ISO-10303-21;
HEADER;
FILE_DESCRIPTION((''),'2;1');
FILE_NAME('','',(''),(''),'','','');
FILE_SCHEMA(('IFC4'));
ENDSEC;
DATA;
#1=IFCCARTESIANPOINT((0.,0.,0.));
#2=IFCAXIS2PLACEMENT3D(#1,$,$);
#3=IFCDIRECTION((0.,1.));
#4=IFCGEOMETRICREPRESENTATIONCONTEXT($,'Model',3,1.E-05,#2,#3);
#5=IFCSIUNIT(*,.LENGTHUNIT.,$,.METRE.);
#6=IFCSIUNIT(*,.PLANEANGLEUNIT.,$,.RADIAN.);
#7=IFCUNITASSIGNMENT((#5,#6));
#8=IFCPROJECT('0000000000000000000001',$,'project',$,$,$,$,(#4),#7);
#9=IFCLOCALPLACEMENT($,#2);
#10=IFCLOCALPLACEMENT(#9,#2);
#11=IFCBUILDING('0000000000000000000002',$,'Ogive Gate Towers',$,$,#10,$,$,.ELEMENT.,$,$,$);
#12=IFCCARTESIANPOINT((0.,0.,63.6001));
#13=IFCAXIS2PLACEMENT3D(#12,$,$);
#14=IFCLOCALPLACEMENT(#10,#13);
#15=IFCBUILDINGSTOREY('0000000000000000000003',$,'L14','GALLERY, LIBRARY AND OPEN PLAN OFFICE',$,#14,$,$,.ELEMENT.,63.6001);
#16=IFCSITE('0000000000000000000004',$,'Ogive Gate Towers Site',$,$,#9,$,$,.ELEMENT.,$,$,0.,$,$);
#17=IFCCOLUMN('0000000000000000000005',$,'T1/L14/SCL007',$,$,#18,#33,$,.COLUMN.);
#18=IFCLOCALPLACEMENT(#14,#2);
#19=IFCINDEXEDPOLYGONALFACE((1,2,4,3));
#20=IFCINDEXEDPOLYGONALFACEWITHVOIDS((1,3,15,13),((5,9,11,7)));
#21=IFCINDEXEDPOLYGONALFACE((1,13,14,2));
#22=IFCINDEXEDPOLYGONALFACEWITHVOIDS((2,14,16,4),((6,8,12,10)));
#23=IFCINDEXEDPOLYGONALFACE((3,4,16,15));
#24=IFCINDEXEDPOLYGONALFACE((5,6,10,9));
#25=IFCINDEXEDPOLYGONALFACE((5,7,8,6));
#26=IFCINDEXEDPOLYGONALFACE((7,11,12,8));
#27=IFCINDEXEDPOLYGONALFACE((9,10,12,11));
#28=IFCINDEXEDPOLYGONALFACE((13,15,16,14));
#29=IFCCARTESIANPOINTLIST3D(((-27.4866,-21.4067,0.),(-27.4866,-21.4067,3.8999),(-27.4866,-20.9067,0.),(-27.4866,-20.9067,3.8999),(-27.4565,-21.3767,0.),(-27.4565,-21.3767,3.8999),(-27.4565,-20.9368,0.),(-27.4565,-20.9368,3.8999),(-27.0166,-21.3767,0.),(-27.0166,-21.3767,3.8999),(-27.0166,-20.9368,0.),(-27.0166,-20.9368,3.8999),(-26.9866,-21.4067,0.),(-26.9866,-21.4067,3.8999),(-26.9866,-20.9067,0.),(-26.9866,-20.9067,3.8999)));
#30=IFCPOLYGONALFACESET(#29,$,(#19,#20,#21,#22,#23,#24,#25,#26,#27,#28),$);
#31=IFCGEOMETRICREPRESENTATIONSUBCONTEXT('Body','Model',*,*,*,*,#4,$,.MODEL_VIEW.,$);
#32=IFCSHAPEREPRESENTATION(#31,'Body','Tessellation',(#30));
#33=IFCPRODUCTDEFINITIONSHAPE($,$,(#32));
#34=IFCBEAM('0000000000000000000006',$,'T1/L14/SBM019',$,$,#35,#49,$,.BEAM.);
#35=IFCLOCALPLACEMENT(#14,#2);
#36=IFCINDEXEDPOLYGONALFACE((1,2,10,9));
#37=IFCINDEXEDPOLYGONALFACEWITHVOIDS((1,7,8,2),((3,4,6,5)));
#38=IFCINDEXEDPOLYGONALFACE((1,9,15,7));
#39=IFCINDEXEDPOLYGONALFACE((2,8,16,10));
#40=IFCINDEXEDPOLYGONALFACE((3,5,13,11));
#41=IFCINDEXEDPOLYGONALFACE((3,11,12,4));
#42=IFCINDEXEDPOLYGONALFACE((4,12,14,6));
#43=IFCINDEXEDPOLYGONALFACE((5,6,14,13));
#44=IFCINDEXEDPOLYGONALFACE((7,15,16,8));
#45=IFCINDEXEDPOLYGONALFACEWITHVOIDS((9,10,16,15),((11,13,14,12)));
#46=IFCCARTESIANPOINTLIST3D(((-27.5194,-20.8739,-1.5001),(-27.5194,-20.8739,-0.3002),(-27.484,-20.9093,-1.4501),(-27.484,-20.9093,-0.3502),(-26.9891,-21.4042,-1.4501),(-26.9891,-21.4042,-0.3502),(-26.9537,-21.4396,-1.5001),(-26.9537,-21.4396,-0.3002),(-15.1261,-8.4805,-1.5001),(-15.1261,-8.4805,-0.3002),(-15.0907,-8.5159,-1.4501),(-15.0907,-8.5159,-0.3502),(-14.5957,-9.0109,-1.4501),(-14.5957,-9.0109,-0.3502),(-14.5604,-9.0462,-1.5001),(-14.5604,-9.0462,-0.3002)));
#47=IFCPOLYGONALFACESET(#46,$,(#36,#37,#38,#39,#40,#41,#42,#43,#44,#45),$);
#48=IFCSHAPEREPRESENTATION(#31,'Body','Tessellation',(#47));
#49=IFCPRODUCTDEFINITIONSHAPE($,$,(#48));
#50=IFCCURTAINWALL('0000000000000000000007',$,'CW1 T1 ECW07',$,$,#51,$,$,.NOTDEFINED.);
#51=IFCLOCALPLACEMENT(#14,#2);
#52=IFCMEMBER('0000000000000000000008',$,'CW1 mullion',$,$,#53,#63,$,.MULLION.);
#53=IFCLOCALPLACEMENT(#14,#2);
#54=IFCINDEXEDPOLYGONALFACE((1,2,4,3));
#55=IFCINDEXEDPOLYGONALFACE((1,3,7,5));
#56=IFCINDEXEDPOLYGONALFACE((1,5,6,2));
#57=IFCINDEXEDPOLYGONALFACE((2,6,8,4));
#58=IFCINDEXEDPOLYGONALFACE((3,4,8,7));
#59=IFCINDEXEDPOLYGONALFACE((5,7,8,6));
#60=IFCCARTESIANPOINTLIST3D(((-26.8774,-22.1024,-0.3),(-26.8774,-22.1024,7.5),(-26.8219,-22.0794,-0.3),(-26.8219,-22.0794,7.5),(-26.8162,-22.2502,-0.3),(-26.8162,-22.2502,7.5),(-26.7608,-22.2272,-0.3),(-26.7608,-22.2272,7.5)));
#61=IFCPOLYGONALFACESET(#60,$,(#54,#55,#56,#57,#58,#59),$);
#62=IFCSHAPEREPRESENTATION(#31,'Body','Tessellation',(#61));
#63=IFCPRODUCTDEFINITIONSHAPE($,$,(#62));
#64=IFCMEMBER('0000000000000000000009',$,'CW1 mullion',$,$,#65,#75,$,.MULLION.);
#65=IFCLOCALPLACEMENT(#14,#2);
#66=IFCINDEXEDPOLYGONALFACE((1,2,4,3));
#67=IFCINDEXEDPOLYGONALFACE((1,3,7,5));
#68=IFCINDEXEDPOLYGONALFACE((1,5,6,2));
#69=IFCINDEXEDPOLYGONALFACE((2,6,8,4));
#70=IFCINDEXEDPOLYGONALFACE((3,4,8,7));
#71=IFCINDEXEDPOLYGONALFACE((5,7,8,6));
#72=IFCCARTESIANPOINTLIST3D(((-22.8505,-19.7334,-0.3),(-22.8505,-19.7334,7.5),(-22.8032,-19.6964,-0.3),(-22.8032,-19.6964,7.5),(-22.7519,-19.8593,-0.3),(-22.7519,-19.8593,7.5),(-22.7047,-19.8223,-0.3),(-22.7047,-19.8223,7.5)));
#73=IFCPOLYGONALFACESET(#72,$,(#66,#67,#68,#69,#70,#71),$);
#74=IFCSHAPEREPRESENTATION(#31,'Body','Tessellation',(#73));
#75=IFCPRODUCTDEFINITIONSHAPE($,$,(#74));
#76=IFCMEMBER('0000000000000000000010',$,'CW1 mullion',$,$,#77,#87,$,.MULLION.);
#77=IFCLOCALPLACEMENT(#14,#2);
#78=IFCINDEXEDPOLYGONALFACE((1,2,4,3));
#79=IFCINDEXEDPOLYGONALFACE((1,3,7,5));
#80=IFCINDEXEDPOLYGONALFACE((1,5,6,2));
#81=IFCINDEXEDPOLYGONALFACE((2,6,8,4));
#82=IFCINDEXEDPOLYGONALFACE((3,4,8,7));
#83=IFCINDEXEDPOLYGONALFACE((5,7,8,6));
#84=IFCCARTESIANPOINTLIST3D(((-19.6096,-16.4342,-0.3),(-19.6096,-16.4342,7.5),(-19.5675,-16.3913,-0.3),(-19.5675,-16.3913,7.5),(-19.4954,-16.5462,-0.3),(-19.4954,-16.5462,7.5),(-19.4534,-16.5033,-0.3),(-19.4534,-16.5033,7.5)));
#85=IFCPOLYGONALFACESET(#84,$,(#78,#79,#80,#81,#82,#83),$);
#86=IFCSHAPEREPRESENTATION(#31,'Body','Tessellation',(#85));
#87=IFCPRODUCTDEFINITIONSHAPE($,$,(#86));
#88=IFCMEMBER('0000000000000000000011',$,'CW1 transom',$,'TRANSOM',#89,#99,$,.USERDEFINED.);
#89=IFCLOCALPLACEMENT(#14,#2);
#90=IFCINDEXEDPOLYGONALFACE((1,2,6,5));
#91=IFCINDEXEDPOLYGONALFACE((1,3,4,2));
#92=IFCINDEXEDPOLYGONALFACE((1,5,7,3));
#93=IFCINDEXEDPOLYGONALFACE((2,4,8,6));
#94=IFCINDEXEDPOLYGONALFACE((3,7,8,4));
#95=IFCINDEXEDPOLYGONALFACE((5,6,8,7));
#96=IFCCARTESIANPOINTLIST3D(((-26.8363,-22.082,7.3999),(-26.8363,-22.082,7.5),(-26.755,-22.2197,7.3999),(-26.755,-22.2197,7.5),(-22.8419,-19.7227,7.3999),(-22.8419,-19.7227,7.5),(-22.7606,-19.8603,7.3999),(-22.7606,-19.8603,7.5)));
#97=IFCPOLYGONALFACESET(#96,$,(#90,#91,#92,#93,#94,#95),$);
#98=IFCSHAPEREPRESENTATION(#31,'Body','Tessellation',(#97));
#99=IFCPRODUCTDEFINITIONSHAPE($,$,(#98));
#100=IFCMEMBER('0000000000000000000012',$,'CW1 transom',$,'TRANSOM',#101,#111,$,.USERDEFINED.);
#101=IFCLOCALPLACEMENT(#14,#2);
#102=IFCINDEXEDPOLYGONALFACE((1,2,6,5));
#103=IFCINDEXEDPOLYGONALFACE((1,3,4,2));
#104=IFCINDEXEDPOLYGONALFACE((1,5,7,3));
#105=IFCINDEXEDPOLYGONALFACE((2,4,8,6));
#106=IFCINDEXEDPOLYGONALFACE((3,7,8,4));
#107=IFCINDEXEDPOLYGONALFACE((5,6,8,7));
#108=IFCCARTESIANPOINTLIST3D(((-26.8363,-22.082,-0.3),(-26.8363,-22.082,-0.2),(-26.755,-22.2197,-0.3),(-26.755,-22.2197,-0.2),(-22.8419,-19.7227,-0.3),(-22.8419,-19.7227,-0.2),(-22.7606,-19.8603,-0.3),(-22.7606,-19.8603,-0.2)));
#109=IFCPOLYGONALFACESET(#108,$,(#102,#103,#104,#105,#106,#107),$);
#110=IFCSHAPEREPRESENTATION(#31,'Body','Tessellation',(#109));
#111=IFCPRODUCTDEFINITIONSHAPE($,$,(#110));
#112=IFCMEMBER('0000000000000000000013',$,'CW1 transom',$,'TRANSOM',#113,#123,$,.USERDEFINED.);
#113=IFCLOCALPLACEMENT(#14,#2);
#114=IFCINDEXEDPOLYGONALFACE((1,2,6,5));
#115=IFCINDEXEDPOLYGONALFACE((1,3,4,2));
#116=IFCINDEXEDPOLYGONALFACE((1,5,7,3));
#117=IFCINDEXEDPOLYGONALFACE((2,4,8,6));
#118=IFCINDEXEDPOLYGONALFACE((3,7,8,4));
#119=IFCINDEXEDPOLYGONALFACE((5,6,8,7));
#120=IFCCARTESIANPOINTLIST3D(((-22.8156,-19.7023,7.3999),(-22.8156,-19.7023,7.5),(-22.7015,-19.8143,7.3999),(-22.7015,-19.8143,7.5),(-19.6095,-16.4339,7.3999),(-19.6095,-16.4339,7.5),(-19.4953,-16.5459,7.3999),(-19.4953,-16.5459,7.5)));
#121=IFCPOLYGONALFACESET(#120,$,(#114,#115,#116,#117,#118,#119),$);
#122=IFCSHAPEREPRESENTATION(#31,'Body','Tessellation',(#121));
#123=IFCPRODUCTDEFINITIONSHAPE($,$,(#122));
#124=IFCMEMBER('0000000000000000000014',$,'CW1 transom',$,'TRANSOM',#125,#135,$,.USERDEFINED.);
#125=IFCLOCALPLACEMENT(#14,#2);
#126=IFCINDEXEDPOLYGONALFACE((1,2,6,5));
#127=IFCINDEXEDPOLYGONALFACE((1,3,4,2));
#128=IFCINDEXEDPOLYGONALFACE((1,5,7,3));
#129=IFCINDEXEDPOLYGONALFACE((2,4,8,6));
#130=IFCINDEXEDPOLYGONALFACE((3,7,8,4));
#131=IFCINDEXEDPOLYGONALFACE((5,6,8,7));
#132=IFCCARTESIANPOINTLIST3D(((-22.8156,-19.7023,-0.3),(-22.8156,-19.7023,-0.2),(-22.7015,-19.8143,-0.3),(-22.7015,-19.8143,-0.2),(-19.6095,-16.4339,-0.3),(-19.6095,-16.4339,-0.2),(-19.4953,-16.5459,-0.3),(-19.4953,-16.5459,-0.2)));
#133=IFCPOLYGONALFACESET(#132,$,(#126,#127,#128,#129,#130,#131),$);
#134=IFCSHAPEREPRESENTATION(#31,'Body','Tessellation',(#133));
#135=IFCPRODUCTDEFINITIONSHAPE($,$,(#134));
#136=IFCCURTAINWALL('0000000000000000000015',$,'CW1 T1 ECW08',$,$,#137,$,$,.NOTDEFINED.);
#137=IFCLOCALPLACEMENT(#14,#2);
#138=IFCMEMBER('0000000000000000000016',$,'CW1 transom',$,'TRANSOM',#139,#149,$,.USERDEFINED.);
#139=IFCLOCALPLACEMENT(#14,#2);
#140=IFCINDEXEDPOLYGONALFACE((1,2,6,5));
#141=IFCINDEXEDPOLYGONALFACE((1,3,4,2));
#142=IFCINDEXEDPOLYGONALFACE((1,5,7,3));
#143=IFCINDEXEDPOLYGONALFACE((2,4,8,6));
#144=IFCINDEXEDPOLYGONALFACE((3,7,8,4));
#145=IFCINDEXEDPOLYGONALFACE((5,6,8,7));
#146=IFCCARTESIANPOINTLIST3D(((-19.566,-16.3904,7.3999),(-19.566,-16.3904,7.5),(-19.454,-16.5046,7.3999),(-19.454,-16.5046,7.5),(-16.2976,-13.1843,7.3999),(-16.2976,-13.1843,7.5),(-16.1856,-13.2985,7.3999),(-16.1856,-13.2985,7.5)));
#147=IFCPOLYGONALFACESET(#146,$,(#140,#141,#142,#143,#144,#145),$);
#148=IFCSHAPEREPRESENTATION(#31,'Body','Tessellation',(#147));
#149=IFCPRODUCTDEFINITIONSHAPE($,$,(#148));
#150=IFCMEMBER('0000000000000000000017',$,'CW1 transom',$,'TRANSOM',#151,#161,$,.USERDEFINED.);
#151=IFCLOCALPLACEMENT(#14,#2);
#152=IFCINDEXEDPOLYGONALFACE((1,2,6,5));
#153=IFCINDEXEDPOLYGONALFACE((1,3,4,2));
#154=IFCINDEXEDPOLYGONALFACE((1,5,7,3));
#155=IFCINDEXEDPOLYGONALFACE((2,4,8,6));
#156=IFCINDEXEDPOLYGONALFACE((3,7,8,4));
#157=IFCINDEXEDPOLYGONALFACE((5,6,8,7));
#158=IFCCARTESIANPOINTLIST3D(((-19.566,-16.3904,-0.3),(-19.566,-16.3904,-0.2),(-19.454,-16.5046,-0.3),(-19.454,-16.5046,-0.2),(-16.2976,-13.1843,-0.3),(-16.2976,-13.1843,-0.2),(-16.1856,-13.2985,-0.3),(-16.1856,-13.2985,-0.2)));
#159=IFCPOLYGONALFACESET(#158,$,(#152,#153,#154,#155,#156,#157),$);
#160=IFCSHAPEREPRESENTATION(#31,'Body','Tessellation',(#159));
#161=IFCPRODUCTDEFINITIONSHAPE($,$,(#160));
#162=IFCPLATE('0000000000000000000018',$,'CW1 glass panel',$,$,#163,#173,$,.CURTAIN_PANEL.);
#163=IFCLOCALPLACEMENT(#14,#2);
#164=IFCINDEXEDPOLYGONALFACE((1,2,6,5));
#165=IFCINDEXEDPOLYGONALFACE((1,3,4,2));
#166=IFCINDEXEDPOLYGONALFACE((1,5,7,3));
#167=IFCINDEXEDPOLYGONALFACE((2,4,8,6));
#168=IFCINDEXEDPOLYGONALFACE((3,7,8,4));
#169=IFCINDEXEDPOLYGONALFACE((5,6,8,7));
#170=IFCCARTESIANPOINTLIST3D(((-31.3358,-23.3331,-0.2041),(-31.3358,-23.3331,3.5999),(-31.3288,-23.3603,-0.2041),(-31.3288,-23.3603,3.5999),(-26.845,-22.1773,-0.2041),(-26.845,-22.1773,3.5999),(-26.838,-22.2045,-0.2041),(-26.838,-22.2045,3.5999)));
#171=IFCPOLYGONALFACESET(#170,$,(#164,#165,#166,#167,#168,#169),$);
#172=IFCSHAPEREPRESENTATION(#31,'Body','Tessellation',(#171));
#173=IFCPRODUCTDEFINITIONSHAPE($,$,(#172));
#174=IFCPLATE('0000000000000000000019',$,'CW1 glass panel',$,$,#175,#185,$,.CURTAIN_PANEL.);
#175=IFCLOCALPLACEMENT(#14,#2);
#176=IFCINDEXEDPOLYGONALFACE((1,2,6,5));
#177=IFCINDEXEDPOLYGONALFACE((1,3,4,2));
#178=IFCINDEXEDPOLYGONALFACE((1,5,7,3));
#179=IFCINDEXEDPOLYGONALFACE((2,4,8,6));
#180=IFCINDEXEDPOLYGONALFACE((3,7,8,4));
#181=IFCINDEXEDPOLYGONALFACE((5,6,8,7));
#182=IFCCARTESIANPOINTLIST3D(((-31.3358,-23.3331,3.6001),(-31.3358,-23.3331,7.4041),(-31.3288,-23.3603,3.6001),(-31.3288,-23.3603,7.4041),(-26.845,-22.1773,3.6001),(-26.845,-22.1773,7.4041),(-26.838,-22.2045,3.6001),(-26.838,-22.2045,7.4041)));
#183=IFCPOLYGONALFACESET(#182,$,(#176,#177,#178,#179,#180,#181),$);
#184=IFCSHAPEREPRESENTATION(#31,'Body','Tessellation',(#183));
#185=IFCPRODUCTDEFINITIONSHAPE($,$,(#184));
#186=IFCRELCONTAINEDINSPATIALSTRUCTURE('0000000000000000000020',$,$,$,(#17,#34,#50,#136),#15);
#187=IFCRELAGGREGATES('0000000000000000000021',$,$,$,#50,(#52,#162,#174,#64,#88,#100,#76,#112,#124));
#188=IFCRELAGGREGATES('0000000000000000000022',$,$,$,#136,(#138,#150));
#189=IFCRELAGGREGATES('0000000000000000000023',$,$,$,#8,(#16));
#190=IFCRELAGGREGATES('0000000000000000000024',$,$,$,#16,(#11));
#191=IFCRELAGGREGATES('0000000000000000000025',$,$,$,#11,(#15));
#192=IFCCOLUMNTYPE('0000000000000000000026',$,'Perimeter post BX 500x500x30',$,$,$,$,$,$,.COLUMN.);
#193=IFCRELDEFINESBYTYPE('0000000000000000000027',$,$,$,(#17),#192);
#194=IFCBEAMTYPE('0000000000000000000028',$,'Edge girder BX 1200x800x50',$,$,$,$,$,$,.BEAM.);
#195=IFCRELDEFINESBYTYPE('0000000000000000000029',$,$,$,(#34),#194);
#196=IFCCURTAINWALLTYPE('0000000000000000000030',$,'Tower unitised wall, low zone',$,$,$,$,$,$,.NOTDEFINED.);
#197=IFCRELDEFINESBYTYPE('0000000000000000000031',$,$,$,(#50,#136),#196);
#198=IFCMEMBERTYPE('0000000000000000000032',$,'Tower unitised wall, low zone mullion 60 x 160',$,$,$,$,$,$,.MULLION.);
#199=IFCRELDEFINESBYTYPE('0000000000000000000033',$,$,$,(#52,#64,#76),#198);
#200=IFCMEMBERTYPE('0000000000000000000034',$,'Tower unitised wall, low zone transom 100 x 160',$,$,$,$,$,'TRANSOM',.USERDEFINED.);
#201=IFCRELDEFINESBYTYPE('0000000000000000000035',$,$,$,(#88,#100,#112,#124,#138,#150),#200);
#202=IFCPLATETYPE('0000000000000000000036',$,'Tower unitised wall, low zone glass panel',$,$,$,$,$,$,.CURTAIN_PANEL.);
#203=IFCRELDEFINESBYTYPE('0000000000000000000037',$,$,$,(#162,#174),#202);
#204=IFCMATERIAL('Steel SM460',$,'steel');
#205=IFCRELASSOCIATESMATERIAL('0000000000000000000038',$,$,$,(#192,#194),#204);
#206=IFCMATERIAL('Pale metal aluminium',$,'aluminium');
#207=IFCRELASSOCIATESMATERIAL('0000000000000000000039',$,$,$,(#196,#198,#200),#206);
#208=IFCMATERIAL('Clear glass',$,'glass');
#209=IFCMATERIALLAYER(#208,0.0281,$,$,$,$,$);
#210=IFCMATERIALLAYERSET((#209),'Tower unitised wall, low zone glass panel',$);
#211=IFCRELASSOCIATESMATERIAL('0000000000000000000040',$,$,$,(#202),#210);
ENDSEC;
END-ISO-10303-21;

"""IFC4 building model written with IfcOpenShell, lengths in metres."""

from ifc_helpers import new_model, si_unit, direction, frame, origin, origin_2d, place, context, subcontext, project, spatial, rectangle, hollow_rectangle, extrude, material, layer, layer_set, material_profile, profile_set, type_object, element, aggregate, save


model = new_model("IFC4")

# Units and contexts
model_context = context("Model", 3, precision=1e-05, world=origin(), true_north=direction((0.0, 1.0)))
body_context = subcontext(model_context, "Body", "Model", "MODEL_VIEW")
ifc_project = project(units=[si_unit("LENGTHUNIT", "METRE"), si_unit("PLANEANGLEUNIT", "RADIAN")], contexts=[model_context])

# Site, building, storey
site_placement = place(None, origin())
site = spatial("IfcSite", under=ifc_project, at=site_placement, Name="Ogive Gate Towers Site", CompositionType="ELEMENT", RefElevation=0.0)
building_placement = place(site_placement, origin())
building = spatial("IfcBuilding", under=site, at=building_placement, Name="Ogive Gate Towers", CompositionType="ELEMENT")
storey_placement = place(building_placement, frame((0.0, 0.0, 63.6001)))
storey = spatial("IfcBuildingStorey", under=building, at=storey_placement, Name="L14", Description="GALLERY, LIBRARY AND OPEN PLAN OFFICE", CompositionType="ELEMENT", Elevation=63.6001)

# Column
ifc_material_1 = material(Name="Steel SM460", Category="steel")
ifc_material_profile_1 = material_profile(ifc_material_1, hollow_rectangle(XDim=0.5, YDim=0.5, WallThickness=0.03, at=origin_2d()), Name="BX 500x500x30")
ifc_profile_set_1 = profile_set([ifc_material_profile_1], Name="Steel SM460")
column_type = type_object("IfcColumnType", Name="Perimeter post BX 500x500x30", PredefinedType="COLUMN", material=ifc_profile_set_1)
column_placement = place(storey_placement, frame((-27.2366, -21.1567, 0.0), z_axis=(0.0, 0.0, 1.0), x_axis=(1.0, 0.0, 0.0)))
element("IfcColumn", 1, at=column_placement, inside=storey, type_object=column_type, Name="T1/L14/SCL007", PredefinedType="COLUMN", context=body_context, shape_type="SweptSolid", body=[
    extrude(hollow_rectangle(XDim=0.5, YDim=0.5, WallThickness=0.03, at=origin_2d()), origin(), (0.0, 0.0, 1.0), 3.8999),
])

# Beam
ifc_material_profile_2 = material_profile(ifc_material_1, hollow_rectangle(XDim=0.8, YDim=1.2, WallThickness=0.05, at=origin_2d()), Name="BX 1200x800x50")
ifc_profile_set_2 = profile_set([ifc_material_profile_2], Name="Steel SM460")
beam_type = type_object("IfcBeamType", Name="Edge girder BX 1200x800x50", PredefinedType="BEAM", material=ifc_profile_set_2)
beam_placement = place(storey_placement, frame((-27.2366, -21.1567, -0.9001), z_axis=(0.707107, 0.707107, 0.0), x_axis=(-0.707107, 0.707107, 0.0)))
element("IfcBeam", 2, at=beam_placement, inside=storey, type_object=beam_type, Name="T1/L14/SBM019", PredefinedType="BEAM", context=body_context, shape_type="SweptSolid", body=[
    extrude(hollow_rectangle(XDim=0.8, YDim=1.2, WallThickness=0.05, at=origin_2d()), origin(), (0.0, 0.0, 1.0), 17.5269),
])

# Curtain walls, members
ifc_material_2 = material(Name="Pale metal aluminium", Category="aluminium")
curtain_wall_type = type_object("IfcCurtainWallType", Name="Tower unitised wall, low zone", PredefinedType="NOTDEFINED", material=ifc_material_2)
curtain_wall_1_placement = place(storey_placement, origin())
curtain_wall_1 = element("IfcCurtainWall", 3, at=curtain_wall_1_placement, inside=storey, type_object=curtain_wall_type, Name="CW1 T1 ECW07", PredefinedType="NOTDEFINED")
ifc_material_profile_3 = material_profile(ifc_material_2, rectangle(XDim=0.1599, YDim=0.0601, at=origin_2d()), Name="60 x 160 aluminium box")
ifc_profile_set_3 = profile_set([ifc_material_profile_3], Name="Pale metal aluminium")
member_type_1 = type_object("IfcMemberType", Name="Tower unitised wall, low zone mullion 60 x 160", PredefinedType="MULLION", material=ifc_profile_set_3)
member_1_placement = place(storey_placement, frame((-26.8191, -22.1648, -0.3), z_axis=(0.0, 0.0, 1.0), x_axis=(0.382683, -0.92388, 0.0)))
member_1 = element("IfcMember", 4, at=member_1_placement, type_object=member_type_1, Name="CW1 mullion", PredefinedType="MULLION", context=body_context, shape_type="SweptSolid", body=[
    extrude(rectangle(XDim=0.1599, YDim=0.0601, at=origin_2d()), origin(), (0.0, 0.0, 1.0), 7.8),
])
member_2_placement = place(storey_placement, frame((-22.7776, -19.7778, -0.3), z_axis=(0.0, 0.0, 1.0), x_axis=(0.616459, -0.787387, 0.0)))
member_2 = element("IfcMember", 5, at=member_2_placement, type_object=member_type_1, Name="CW1 mullion", PredefinedType="MULLION", context=body_context, shape_type="SweptSolid", body=[
    extrude(rectangle(XDim=0.1599, YDim=0.0601, at=origin_2d()), origin(), (0.0, 0.0, 1.0), 7.8),
])
member_3_placement = place(storey_placement, frame((-19.5315, -16.4688, -0.3), z_axis=(0.0, 0.0, 1.0), x_axis=(0.71385, -0.700299, 0.0)))
member_3 = element("IfcMember", 6, at=member_3_placement, type_object=member_type_1, Name="CW1 mullion", PredefinedType="MULLION", context=body_context, shape_type="SweptSolid", body=[
    extrude(rectangle(XDim=0.1599, YDim=0.0601, at=origin_2d()), origin(), (0.0, 0.0, 1.0), 7.8),
])
ifc_material_profile_4 = material_profile(ifc_material_2, rectangle(XDim=0.1599, YDim=0.1001, at=origin_2d()), Name="100 x 160 aluminium box")
ifc_profile_set_4 = profile_set([ifc_material_profile_4], Name="Pale metal aluminium")
member_type_2 = type_object("IfcMemberType", Name="Tower unitised wall, low zone transom 100 x 160", ElementType="TRANSOM", PredefinedType="USERDEFINED", material=ifc_profile_set_4)
member_4_placement = place(storey_placement, frame((-26.7957, -22.1509, 7.45), z_axis=(0.861016, 0.508579, 0.0), x_axis=(-0.508579, 0.861016, 0.0)))
member_4 = element("IfcMember", 7, at=member_4_placement, type_object=member_type_2, Name="CW1 transom", ObjectType="TRANSOM", PredefinedType="USERDEFINED", context=body_context, shape_type="SweptSolid", body=[
    extrude(rectangle(XDim=0.1599, YDim=0.1001, at=origin_2d()), origin(), (0.0, 0.0, 1.0), 4.6392),
])
member_5_placement = place(storey_placement, frame((-26.7957, -22.1509, -0.25), z_axis=(0.861016, 0.508579, 0.0), x_axis=(-0.508579, 0.861016, 0.0)))
member_5 = element("IfcMember", 8, at=member_5_placement, type_object=member_type_2, Name="CW1 transom", ObjectType="TRANSOM", PredefinedType="USERDEFINED", context=body_context, shape_type="SweptSolid", body=[
    extrude(rectangle(XDim=0.1599, YDim=0.1001, at=origin_2d()), origin(), (0.0, 0.0, 1.0), 4.6392),
])
member_6_placement = place(storey_placement, frame((-22.7585, -19.7583, 7.45), z_axis=(0.700275, 0.713873, 0.0), x_axis=(-0.713873, 0.700275, 0.0)))
member_6 = element("IfcMember", 9, at=member_6_placement, type_object=member_type_2, Name="CW1 transom", ObjectType="TRANSOM", PredefinedType="USERDEFINED", context=body_context, shape_type="SweptSolid", body=[
    extrude(rectangle(XDim=0.1599, YDim=0.1001, at=origin_2d()), origin(), (0.0, 0.0, 1.0), 4.5784),
])
member_7_placement = place(storey_placement, frame((-22.7585, -19.7583, -0.25), z_axis=(0.700275, 0.713873, 0.0), x_axis=(-0.713873, 0.700275, 0.0)))
member_7 = element("IfcMember", 10, at=member_7_placement, type_object=member_type_2, Name="CW1 transom", ObjectType="TRANSOM", PredefinedType="USERDEFINED", context=body_context, shape_type="SweptSolid", body=[
    extrude(rectangle(XDim=0.1599, YDim=0.1001, at=origin_2d()), origin(), (0.0, 0.0, 1.0), 4.5784),
])
curtain_wall_2_placement = place(storey_placement, origin())
curtain_wall_2 = element("IfcCurtainWall", 11, at=curtain_wall_2_placement, inside=storey, type_object=curtain_wall_type, Name="CW1 T1 ECW08", PredefinedType="NOTDEFINED")
member_8_placement = place(storey_placement, frame((-19.51, -16.4475, 7.45), z_axis=(0.713873, 0.700275, 0.0), x_axis=(-0.700275, 0.713873, 0.0)))
member_8 = element("IfcMember", 12, at=member_8_placement, type_object=member_type_2, Name="CW1 transom", ObjectType="TRANSOM", PredefinedType="USERDEFINED", context=body_context, shape_type="SweptSolid", body=[
    extrude(rectangle(XDim=0.1599, YDim=0.1001, at=origin_2d()), origin(), (0.0, 0.0, 1.0), 4.5784),
])
member_9_placement = place(storey_placement, frame((-19.51, -16.4475, -0.25), z_axis=(0.713873, 0.700275, 0.0), x_axis=(-0.700275, 0.713873, 0.0)))
member_9 = element("IfcMember", 13, at=member_9_placement, type_object=member_type_2, Name="CW1 transom", ObjectType="TRANSOM", PredefinedType="USERDEFINED", context=body_context, shape_type="SweptSolid", body=[
    extrude(rectangle(XDim=0.1599, YDim=0.1001, at=origin_2d()), origin(), (0.0, 0.0, 1.0), 4.5784),
])

# Plates
ifc_material_3 = material(Name="Clear glass", Category="glass")
ifc_layer_1 = layer(ifc_material_3, 0.0281)
ifc_layer_set_1 = layer_set([ifc_layer_1], Name="Tower unitised wall, low zone glass panel")
plate_type = type_object("IfcPlateType", Name="Tower unitised wall, low zone glass panel", PredefinedType="CURTAIN_PANEL", material=ifc_layer_set_1)
plate_1_placement = place(storey_placement, frame((-29.0869, -22.7688, -0.2041), z_axis=(0.0, 0.0, 1.0), x_axis=(0.96844, 0.249248, 0.0)))
plate_1 = element("IfcPlate", 14, at=plate_1_placement, type_object=plate_type, Name="CW1 glass panel", PredefinedType="CURTAIN_PANEL", context=body_context, shape_type="SweptSolid", body=[
    extrude(rectangle(XDim=4.6372, YDim=0.0281, at=origin_2d()), origin(), (0.0, 0.0, 1.0), 3.804),
])
plate_2_placement = place(storey_placement, frame((-29.0869, -22.7688, 3.6001), z_axis=(0.0, 0.0, 1.0), x_axis=(0.96844, 0.249248, 0.0)))
plate_2 = element("IfcPlate", 15, at=plate_2_placement, type_object=plate_type, Name="CW1 glass panel", PredefinedType="CURTAIN_PANEL", context=body_context, shape_type="SweptSolid", body=[
    extrude(rectangle(XDim=4.6372, YDim=0.0281, at=origin_2d()), origin(), (0.0, 0.0, 1.0), 3.804),
])
aggregate(curtain_wall_1, [member_1, plate_1, plate_2, member_2, member_4, member_5, member_3, member_6, member_7])
aggregate(curtain_wall_2, [member_8, member_9])

save(model, "model.ifc")
